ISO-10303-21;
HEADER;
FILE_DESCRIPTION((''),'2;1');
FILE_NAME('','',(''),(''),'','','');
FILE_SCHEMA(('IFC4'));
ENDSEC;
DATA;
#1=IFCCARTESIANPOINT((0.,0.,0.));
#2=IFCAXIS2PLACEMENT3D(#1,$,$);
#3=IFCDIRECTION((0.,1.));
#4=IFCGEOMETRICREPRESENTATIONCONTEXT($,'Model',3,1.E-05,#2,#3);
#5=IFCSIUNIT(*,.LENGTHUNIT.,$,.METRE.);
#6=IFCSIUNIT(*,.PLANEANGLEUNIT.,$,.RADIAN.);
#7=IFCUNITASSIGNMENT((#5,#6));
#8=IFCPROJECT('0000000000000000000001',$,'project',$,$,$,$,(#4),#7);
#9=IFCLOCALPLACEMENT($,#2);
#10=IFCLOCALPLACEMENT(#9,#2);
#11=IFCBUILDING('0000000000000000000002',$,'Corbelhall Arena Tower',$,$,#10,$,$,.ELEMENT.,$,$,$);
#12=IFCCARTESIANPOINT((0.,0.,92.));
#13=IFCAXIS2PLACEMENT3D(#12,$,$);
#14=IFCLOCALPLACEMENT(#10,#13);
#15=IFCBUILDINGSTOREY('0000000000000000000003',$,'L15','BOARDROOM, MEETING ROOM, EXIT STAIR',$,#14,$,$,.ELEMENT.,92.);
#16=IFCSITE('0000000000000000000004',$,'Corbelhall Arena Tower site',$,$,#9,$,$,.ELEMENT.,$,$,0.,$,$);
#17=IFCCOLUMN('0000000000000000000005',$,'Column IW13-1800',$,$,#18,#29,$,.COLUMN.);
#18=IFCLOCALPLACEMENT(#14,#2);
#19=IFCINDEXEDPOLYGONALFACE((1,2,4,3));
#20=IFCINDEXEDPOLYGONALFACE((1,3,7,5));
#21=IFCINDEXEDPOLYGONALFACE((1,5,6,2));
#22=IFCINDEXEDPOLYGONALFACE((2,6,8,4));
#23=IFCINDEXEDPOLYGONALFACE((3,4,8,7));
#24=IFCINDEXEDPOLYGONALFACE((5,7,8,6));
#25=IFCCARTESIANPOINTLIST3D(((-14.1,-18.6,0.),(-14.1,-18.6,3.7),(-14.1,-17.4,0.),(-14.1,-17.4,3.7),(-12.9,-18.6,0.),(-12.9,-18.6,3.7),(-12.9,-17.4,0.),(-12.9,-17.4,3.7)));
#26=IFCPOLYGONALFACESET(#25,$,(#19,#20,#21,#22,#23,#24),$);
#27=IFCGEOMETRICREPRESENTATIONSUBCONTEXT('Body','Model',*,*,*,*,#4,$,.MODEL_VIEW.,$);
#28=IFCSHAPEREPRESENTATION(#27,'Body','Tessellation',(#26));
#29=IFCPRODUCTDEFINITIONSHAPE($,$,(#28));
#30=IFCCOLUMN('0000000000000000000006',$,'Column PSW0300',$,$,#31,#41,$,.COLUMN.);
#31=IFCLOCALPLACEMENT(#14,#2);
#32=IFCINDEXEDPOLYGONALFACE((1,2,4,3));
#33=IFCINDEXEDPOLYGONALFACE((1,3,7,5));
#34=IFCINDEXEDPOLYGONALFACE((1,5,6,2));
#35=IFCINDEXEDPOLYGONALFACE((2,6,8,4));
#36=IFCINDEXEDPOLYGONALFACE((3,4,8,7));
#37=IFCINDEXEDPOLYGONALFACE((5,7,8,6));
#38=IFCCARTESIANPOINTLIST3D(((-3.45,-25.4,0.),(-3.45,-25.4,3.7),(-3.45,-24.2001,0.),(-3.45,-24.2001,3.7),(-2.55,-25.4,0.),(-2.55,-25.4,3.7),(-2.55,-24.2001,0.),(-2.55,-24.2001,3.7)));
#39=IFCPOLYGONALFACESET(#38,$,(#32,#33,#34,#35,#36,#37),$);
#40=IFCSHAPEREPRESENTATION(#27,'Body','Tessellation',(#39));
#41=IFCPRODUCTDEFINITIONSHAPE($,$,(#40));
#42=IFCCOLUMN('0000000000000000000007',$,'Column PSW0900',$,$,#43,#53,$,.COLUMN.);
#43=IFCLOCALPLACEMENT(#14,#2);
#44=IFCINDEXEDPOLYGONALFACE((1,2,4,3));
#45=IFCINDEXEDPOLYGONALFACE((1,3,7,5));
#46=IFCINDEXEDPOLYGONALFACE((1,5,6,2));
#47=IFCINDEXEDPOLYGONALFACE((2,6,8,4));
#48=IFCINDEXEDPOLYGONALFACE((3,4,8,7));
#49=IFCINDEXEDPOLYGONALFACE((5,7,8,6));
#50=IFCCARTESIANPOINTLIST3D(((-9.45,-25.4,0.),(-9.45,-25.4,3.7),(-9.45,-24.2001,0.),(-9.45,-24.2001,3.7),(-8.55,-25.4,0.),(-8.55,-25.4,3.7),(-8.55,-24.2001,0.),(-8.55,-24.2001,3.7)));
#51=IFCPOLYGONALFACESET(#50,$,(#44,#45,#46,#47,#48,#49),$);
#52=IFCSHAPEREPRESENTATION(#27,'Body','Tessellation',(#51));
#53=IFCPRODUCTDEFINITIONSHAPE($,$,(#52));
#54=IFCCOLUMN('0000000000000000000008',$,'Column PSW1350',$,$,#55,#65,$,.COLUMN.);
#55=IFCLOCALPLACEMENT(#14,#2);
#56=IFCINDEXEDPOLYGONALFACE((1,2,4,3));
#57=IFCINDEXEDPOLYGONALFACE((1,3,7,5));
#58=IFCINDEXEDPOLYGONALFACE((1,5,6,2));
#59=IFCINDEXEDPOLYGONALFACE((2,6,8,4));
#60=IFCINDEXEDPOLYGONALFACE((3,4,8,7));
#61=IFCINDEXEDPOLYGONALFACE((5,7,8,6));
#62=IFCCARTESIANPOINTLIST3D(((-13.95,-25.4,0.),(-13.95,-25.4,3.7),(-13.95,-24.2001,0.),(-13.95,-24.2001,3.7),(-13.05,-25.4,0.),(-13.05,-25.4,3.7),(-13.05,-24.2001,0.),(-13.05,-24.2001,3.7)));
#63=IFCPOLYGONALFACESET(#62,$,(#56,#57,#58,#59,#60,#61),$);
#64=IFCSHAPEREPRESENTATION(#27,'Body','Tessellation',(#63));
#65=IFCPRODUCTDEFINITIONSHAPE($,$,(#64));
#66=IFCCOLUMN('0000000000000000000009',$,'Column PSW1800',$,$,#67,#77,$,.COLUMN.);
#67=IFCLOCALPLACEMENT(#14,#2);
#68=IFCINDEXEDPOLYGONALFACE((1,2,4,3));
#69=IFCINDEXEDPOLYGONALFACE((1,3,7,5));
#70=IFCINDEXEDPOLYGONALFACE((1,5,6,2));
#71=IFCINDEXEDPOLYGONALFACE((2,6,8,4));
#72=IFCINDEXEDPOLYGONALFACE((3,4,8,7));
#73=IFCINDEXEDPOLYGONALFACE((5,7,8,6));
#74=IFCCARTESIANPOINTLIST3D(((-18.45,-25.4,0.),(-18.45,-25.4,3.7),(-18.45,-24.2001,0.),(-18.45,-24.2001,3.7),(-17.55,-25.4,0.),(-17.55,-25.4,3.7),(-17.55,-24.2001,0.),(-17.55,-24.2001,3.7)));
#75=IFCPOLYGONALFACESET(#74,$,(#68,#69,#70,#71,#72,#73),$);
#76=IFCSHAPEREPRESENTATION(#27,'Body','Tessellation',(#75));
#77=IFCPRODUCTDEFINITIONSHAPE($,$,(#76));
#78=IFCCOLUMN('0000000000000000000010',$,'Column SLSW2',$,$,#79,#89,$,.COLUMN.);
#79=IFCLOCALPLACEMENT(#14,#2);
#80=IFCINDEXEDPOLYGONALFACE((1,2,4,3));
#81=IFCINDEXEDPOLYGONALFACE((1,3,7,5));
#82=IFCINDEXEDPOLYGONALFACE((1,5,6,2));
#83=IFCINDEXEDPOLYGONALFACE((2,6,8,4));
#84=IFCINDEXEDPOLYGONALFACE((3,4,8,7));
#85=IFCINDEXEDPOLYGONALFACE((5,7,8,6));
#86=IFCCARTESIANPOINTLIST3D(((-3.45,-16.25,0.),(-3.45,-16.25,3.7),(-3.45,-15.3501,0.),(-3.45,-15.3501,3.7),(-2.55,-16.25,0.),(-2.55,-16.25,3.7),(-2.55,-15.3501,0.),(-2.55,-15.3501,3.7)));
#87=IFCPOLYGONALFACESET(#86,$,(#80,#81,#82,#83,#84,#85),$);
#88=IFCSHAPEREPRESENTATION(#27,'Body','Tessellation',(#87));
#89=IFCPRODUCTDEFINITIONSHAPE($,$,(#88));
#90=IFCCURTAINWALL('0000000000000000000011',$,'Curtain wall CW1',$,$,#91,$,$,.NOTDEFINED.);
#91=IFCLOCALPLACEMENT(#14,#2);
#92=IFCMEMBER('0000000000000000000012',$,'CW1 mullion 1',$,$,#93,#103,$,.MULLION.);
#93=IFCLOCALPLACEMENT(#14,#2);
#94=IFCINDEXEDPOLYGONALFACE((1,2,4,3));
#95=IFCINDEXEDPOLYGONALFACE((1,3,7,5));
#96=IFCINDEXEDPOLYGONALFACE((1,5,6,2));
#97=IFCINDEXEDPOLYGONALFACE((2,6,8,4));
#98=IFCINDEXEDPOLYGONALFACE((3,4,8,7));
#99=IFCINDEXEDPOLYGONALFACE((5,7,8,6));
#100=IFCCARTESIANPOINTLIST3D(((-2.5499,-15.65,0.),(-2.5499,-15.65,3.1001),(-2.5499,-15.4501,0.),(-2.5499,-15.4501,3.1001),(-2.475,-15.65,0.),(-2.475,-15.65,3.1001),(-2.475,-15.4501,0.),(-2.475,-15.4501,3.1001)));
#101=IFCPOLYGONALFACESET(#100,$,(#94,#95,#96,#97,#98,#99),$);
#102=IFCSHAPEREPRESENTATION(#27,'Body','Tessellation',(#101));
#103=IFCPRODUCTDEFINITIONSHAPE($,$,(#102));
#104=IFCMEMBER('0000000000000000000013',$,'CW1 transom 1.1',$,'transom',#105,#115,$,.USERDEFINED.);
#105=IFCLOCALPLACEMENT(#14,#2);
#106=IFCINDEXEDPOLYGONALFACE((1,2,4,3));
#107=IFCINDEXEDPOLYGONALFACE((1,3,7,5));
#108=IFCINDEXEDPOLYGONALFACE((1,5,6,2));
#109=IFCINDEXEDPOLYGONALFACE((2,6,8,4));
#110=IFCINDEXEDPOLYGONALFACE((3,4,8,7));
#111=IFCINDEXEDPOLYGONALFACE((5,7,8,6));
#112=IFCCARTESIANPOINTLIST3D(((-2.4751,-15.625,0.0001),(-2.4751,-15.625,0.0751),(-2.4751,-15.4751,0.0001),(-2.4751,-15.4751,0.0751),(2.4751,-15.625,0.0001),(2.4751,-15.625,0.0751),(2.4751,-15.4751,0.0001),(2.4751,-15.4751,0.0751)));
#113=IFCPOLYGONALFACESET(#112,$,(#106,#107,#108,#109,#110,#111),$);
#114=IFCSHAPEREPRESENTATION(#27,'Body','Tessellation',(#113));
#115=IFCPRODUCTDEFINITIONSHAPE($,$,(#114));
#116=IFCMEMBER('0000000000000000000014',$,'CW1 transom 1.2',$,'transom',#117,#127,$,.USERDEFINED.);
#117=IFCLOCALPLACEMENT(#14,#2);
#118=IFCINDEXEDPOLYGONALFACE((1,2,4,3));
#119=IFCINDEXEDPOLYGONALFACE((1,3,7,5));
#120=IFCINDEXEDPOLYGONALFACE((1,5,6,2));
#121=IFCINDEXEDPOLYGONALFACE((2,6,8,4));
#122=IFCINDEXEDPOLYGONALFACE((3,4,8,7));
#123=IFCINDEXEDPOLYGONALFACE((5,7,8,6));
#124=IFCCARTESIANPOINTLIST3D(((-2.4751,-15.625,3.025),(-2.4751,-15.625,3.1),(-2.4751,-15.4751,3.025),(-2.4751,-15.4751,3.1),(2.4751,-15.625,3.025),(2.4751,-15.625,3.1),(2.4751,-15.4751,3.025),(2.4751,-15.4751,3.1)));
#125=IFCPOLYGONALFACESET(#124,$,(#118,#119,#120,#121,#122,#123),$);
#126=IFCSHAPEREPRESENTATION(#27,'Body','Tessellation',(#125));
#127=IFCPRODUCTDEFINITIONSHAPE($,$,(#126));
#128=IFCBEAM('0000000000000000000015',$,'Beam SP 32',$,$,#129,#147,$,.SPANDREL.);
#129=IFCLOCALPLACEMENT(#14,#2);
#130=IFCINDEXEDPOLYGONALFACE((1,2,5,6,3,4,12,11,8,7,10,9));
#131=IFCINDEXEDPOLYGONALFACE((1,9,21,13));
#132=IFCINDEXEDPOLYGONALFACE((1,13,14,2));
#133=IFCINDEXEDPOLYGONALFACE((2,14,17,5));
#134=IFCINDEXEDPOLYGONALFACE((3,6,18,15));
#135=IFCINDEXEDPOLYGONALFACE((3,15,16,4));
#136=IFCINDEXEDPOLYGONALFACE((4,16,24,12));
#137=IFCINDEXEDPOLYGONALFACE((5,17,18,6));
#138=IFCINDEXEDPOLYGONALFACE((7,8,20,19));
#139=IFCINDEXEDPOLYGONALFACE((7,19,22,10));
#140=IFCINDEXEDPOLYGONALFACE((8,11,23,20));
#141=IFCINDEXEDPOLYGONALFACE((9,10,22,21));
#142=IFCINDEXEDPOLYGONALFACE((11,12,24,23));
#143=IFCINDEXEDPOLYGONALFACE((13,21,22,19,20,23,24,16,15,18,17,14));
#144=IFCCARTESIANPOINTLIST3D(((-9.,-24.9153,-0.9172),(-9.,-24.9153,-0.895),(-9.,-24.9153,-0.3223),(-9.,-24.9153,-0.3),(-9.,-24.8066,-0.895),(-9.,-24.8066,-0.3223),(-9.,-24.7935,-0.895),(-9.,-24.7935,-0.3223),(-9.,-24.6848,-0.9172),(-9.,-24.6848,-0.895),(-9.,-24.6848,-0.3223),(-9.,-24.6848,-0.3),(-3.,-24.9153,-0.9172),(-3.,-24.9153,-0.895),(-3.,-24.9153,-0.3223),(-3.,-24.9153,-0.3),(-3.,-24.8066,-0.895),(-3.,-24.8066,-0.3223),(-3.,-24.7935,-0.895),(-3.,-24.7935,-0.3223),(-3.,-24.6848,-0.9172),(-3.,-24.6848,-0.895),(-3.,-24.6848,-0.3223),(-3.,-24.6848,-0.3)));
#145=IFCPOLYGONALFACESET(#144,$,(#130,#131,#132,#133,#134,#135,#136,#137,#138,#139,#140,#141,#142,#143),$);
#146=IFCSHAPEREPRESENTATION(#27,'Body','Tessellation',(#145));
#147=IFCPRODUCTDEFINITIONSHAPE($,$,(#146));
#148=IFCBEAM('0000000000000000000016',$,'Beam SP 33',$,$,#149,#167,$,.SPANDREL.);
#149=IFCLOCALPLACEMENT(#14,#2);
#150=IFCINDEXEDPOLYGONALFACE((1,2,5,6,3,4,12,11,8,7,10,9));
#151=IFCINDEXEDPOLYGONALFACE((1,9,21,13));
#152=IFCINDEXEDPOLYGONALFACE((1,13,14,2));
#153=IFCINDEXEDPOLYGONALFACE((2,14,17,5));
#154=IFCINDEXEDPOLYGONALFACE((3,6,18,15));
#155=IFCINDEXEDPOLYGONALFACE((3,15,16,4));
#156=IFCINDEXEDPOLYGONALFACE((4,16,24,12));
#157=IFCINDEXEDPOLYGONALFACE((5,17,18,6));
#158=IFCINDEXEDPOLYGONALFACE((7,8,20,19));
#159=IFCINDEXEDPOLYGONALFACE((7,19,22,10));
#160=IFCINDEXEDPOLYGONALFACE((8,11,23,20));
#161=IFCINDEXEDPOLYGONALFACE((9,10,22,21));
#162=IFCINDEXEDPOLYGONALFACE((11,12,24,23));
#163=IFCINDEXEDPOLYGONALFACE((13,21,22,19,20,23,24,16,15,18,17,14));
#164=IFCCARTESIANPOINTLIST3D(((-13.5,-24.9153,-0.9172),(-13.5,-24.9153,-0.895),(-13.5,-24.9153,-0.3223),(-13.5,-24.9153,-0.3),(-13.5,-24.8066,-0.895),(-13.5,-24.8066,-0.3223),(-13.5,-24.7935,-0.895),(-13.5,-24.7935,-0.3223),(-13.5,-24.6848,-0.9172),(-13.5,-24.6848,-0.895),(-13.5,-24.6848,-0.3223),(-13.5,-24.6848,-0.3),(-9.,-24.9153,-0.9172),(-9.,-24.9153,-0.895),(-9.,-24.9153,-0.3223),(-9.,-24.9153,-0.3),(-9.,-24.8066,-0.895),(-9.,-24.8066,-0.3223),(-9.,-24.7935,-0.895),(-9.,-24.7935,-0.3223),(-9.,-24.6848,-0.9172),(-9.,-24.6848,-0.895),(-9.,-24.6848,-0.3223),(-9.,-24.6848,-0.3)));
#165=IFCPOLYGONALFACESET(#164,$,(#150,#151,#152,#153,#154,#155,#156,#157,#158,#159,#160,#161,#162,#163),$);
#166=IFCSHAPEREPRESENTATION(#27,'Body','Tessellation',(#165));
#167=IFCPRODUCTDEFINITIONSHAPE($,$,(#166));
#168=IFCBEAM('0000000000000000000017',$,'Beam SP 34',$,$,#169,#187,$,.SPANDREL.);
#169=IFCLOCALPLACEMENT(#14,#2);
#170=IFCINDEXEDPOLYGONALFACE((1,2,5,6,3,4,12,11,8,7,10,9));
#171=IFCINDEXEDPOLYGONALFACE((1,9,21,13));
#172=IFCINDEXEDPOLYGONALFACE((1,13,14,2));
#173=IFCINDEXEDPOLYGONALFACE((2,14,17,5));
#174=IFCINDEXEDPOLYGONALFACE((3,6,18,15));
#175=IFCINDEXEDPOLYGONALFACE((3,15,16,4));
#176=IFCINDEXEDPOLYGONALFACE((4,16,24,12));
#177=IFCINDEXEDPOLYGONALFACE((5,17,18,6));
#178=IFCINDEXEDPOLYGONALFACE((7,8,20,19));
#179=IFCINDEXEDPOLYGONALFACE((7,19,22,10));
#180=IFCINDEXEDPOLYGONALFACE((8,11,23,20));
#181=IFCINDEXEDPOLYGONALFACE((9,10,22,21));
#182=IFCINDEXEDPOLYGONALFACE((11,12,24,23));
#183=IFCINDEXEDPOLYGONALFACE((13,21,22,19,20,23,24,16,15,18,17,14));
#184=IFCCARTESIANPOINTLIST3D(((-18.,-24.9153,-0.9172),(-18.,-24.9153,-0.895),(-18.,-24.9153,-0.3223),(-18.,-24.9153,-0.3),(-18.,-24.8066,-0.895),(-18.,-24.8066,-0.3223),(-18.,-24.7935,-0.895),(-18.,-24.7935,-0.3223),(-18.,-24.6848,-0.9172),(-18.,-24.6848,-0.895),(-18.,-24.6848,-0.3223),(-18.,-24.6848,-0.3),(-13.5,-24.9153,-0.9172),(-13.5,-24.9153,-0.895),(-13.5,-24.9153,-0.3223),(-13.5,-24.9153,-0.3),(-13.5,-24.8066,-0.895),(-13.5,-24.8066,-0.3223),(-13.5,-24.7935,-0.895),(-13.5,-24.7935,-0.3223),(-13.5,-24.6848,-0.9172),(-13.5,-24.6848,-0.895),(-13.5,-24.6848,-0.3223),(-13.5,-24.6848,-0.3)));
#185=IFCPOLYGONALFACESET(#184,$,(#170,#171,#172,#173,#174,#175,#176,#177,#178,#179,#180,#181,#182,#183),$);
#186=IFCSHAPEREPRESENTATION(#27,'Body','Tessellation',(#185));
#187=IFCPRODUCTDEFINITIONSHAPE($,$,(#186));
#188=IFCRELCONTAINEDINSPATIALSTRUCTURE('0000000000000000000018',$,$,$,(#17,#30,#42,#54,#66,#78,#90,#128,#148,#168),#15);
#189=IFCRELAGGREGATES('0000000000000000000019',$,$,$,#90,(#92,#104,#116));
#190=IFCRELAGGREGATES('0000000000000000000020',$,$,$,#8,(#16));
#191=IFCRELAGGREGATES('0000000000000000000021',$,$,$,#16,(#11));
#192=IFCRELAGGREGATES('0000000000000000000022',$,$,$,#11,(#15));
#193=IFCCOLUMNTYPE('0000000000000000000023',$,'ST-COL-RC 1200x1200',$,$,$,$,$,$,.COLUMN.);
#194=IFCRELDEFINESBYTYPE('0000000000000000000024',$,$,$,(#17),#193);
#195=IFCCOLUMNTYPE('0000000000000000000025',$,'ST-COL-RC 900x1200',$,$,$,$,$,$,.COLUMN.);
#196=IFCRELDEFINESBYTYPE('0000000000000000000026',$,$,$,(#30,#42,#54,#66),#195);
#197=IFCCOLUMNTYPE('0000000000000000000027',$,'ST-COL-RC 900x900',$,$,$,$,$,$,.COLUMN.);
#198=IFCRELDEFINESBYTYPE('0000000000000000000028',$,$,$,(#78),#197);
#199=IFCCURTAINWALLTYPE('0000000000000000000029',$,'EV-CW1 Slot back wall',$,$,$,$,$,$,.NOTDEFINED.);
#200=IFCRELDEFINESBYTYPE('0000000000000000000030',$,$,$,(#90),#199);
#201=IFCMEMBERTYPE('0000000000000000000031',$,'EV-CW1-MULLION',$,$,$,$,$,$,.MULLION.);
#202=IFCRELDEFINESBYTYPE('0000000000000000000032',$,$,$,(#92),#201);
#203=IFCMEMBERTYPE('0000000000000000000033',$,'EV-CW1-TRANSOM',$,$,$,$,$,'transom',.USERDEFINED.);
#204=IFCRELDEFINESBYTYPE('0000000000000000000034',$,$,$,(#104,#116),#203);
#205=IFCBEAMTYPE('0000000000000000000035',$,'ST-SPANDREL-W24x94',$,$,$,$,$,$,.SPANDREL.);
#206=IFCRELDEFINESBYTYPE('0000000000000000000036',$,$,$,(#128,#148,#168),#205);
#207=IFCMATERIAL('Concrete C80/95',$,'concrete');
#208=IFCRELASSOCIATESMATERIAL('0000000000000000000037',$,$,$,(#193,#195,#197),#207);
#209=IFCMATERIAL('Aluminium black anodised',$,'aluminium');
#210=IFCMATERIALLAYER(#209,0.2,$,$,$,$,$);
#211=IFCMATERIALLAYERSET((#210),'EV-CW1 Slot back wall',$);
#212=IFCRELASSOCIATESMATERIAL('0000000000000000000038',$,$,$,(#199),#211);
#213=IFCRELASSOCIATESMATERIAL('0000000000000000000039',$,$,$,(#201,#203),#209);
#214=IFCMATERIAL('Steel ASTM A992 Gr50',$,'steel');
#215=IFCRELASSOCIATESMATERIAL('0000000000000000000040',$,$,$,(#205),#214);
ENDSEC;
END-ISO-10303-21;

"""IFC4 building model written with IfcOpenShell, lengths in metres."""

from ifc_helpers import new_model, si_unit, direction, frame, origin, origin_2d, place, context, subcontext, project, spatial, rectangle, i_section, extrude, material, layer, layer_set, material_profile, profile_set, type_object, element, aggregate, save


model = new_model("IFC4")

# Units and contexts
model_context = context("Model", 3, precision=1e-05, world=origin(), true_north=direction((0.0, 1.0)))
body_context = subcontext(model_context, "Body", "Model", "MODEL_VIEW")
ifc_project = project(units=[si_unit("LENGTHUNIT", "METRE"), si_unit("PLANEANGLEUNIT", "RADIAN")], contexts=[model_context])

# Site, building, storey
site_placement = place(None, origin())
site = spatial("IfcSite", under=ifc_project, at=site_placement, Name="Corbelhall Arena Tower site", CompositionType="ELEMENT", RefElevation=0.0)
building_placement = place(site_placement, origin())
building = spatial("IfcBuilding", under=site, at=building_placement, Name="Corbelhall Arena Tower", CompositionType="ELEMENT")
storey_placement = place(building_placement, frame((0.0, 0.0, 92.0)))
storey = spatial("IfcBuildingStorey", under=building, at=storey_placement, Name="L15", Description="BOARDROOM, MEETING ROOM, EXIT STAIR", CompositionType="ELEMENT", Elevation=92.0)

# Columns
ifc_material_1 = material(Name="Concrete C80/95", Category="concrete")
ifc_material_profile_1 = material_profile(ifc_material_1, rectangle(XDim=1.2, YDim=1.2, at=origin_2d()))
ifc_profile_set_1 = profile_set([ifc_material_profile_1], Name="Concrete C80/95")
column_type_1 = type_object("IfcColumnType", Name="ST-COL-RC 1200x1200", PredefinedType="COLUMN", material=ifc_profile_set_1)
column_1_placement = place(storey_placement, frame((-13.5, -18.0, 0.0), z_axis=(0.0, 0.0, 1.0), x_axis=(1.0, 0.0, 0.0)))
element("IfcColumn", 1, at=column_1_placement, inside=storey, type_object=column_type_1, Name="Column IW13-1800", PredefinedType="COLUMN", context=body_context, shape_type="SweptSolid", body=[
    extrude(rectangle(XDim=1.2, YDim=1.2, at=origin_2d()), origin(), (0.0, 0.0, 1.0), 3.7),
])
ifc_material_profile_2 = material_profile(ifc_material_1, rectangle(XDim=0.8999, YDim=1.2, at=origin_2d()))
ifc_profile_set_2 = profile_set([ifc_material_profile_2], Name="Concrete C80/95")
column_type_2 = type_object("IfcColumnType", Name="ST-COL-RC 900x1200", PredefinedType="COLUMN", material=ifc_profile_set_2)
for number, where, z_axis, x_axis, name in (
    (2, (-3.0, -24.8, 0.0), (0.0, 0.0, 1.0), (1.0, 0.0, 0.0), "Column PSW0300"),
    (3, (-9.0, -24.8, 0.0), (0.0, 0.0, 1.0), (1.0, 0.0, 0.0), "Column PSW0900"),
    (4, (-13.5, -24.8, 0.0), (0.0, 0.0, 1.0), (1.0, 0.0, 0.0), "Column PSW1350"),
    (5, (-18.0, -24.8, 0.0), (0.0, 0.0, 1.0), (1.0, 0.0, 0.0), "Column PSW1800"),
):
    element("IfcColumn", number, at=place(storey_placement, frame(where, z_axis=z_axis, x_axis=x_axis)), inside=storey, type_object=column_type_2, Name=name, PredefinedType="COLUMN", context=body_context, shape_type="SweptSolid", body=[
        extrude(rectangle(XDim=0.8999, YDim=1.2, at=origin_2d()), origin(), (0.0, 0.0, 1.0), 3.7),
    ])
ifc_material_profile_3 = material_profile(ifc_material_1, rectangle(XDim=0.8999, YDim=0.8999, at=origin_2d()))
ifc_profile_set_3 = profile_set([ifc_material_profile_3], Name="Concrete C80/95")
column_type_3 = type_object("IfcColumnType", Name="ST-COL-RC 900x900", PredefinedType="COLUMN", material=ifc_profile_set_3)
column_2_placement = place(storey_placement, frame((-3.0, -15.8, 0.0), z_axis=(0.0, 0.0, 1.0), x_axis=(1.0, 0.0, 0.0)))
element("IfcColumn", 6, at=column_2_placement, inside=storey, type_object=column_type_3, Name="Column SLSW2", PredefinedType="COLUMN", context=body_context, shape_type="SweptSolid", body=[
    extrude(rectangle(XDim=0.8999, YDim=0.8999, at=origin_2d()), origin(), (0.0, 0.0, 1.0), 3.7),
])

# Curtain wall, members
ifc_material_2 = material(Name="Aluminium black anodised", Category="aluminium")
ifc_layer_1 = layer(ifc_material_2, 0.2)
ifc_layer_set_1 = layer_set([ifc_layer_1], Name="EV-CW1 Slot back wall")
curtain_wall_type = type_object("IfcCurtainWallType", Name="EV-CW1 Slot back wall", PredefinedType="NOTDEFINED", material=ifc_layer_set_1)
curtain_wall_placement = place(storey_placement, origin())
curtain_wall = element("IfcCurtainWall", 7, at=curtain_wall_placement, inside=storey, type_object=curtain_wall_type, Name="Curtain wall CW1", PredefinedType="NOTDEFINED")
ifc_material_profile_4 = material_profile(ifc_material_2, rectangle(XDim=0.2, YDim=0.075, at=origin_2d()))
ifc_profile_set_4 = profile_set([ifc_material_profile_4], Name="Aluminium black anodised")
member_type_1 = type_object("IfcMemberType", Name="EV-CW1-MULLION", PredefinedType="MULLION", material=ifc_profile_set_4)
member_1_placement = place(storey_placement, frame((-2.5125, -15.55, 0.0), z_axis=(0.0, 0.0, 1.0), x_axis=(0.0, 1.0, 0.0)))
member_1 = element("IfcMember", 8, at=member_1_placement, type_object=member_type_1, Name="CW1 mullion 1", PredefinedType="MULLION", context=body_context, shape_type="SweptSolid", body=[
    extrude(rectangle(XDim=0.2, YDim=0.075, at=origin_2d()), origin(), (0.0, 0.0, 1.0), 3.1001),
])
ifc_material_profile_5 = material_profile(ifc_material_2, rectangle(XDim=0.1499, YDim=0.075, at=origin_2d()))
ifc_profile_set_5 = profile_set([ifc_material_profile_5], Name="Aluminium black anodised")
member_type_2 = type_object("IfcMemberType", Name="EV-CW1-TRANSOM", ElementType="transom", PredefinedType="USERDEFINED", material=ifc_profile_set_5)
member_2_placement = place(storey_placement, frame((-2.4751, -15.55, 0.0376), z_axis=(1.0, 0.0, 0.0), x_axis=(0.0, 1.0, 0.0)))
member_2 = element("IfcMember", 9, at=member_2_placement, type_object=member_type_2, Name="CW1 transom 1.1", ObjectType="transom", PredefinedType="USERDEFINED", context=body_context, shape_type="SweptSolid", body=[
    extrude(rectangle(XDim=0.1499, YDim=0.075, at=origin_2d()), origin(), (0.0, 0.0, 1.0), 4.9502),
])
member_3_placement = place(storey_placement, frame((-2.4751, -15.55, 3.0625), z_axis=(1.0, 0.0, 0.0), x_axis=(0.0, 1.0, 0.0)))
member_3 = element("IfcMember", 10, at=member_3_placement, type_object=member_type_2, Name="CW1 transom 1.2", ObjectType="transom", PredefinedType="USERDEFINED", context=body_context, shape_type="SweptSolid", body=[
    extrude(rectangle(XDim=0.1499, YDim=0.075, at=origin_2d()), origin(), (0.0, 0.0, 1.0), 4.9502),
])
aggregate(curtain_wall, [member_1, member_2, member_3])

# Beams
ifc_material_3 = material(Name="Steel ASTM A992 Gr50", Category="steel")
ifc_material_profile_6 = material_profile(ifc_material_3, i_section(OverallWidth=0.2305, OverallDepth=0.6172, WebThickness=0.0132, FlangeThickness=0.0222, at=origin_2d()))
ifc_profile_set_6 = profile_set([ifc_material_profile_6], Name="Steel ASTM A992 Gr50")
beam_type_1 = type_object("IfcBeamType", Name="ST-SPANDREL-W24x94", PredefinedType="SPANDREL", material=ifc_profile_set_6)
beam_1_placement = place(storey_placement, frame((-3.0, -24.8, -0.6086), z_axis=(-1.0, 0.0, 0.0), x_axis=(0.0, -1.0, 0.0)))
element("IfcBeam", 11, at=beam_1_placement, inside=storey, type_object=beam_type_1, Name="Beam SP 32", PredefinedType="SPANDREL", context=body_context, shape_type="SweptSolid", body=[
    extrude(i_section(OverallWidth=0.2305, OverallDepth=0.6172, WebThickness=0.0132, FlangeThickness=0.0222, at=origin_2d()), origin(), (0.0, 0.0, 1.0), 6.0),
])
for number, where, z_axis, x_axis, name in (
    (12, (-9.0, -24.8, -0.6086), (-1.0, 0.0, 0.0), (0.0, -1.0, 0.0), "Beam SP 33"),
    (13, (-13.5, -24.8, -0.6086), (-1.0, 0.0, 0.0), (0.0, -1.0, 0.0), "Beam SP 34"),
):
    element("IfcBeam", number, at=place(storey_placement, frame(where, z_axis=z_axis, x_axis=x_axis)), inside=storey, type_object=beam_type_1, Name=name, PredefinedType="SPANDREL", context=body_context, shape_type="SweptSolid", body=[
        extrude(i_section(OverallWidth=0.2305, OverallDepth=0.6172, WebThickness=0.0132, FlangeThickness=0.0222, at=origin_2d()), origin(), (0.0, 0.0, 1.0), 4.5),
    ])

save(model, "model.ifc")
